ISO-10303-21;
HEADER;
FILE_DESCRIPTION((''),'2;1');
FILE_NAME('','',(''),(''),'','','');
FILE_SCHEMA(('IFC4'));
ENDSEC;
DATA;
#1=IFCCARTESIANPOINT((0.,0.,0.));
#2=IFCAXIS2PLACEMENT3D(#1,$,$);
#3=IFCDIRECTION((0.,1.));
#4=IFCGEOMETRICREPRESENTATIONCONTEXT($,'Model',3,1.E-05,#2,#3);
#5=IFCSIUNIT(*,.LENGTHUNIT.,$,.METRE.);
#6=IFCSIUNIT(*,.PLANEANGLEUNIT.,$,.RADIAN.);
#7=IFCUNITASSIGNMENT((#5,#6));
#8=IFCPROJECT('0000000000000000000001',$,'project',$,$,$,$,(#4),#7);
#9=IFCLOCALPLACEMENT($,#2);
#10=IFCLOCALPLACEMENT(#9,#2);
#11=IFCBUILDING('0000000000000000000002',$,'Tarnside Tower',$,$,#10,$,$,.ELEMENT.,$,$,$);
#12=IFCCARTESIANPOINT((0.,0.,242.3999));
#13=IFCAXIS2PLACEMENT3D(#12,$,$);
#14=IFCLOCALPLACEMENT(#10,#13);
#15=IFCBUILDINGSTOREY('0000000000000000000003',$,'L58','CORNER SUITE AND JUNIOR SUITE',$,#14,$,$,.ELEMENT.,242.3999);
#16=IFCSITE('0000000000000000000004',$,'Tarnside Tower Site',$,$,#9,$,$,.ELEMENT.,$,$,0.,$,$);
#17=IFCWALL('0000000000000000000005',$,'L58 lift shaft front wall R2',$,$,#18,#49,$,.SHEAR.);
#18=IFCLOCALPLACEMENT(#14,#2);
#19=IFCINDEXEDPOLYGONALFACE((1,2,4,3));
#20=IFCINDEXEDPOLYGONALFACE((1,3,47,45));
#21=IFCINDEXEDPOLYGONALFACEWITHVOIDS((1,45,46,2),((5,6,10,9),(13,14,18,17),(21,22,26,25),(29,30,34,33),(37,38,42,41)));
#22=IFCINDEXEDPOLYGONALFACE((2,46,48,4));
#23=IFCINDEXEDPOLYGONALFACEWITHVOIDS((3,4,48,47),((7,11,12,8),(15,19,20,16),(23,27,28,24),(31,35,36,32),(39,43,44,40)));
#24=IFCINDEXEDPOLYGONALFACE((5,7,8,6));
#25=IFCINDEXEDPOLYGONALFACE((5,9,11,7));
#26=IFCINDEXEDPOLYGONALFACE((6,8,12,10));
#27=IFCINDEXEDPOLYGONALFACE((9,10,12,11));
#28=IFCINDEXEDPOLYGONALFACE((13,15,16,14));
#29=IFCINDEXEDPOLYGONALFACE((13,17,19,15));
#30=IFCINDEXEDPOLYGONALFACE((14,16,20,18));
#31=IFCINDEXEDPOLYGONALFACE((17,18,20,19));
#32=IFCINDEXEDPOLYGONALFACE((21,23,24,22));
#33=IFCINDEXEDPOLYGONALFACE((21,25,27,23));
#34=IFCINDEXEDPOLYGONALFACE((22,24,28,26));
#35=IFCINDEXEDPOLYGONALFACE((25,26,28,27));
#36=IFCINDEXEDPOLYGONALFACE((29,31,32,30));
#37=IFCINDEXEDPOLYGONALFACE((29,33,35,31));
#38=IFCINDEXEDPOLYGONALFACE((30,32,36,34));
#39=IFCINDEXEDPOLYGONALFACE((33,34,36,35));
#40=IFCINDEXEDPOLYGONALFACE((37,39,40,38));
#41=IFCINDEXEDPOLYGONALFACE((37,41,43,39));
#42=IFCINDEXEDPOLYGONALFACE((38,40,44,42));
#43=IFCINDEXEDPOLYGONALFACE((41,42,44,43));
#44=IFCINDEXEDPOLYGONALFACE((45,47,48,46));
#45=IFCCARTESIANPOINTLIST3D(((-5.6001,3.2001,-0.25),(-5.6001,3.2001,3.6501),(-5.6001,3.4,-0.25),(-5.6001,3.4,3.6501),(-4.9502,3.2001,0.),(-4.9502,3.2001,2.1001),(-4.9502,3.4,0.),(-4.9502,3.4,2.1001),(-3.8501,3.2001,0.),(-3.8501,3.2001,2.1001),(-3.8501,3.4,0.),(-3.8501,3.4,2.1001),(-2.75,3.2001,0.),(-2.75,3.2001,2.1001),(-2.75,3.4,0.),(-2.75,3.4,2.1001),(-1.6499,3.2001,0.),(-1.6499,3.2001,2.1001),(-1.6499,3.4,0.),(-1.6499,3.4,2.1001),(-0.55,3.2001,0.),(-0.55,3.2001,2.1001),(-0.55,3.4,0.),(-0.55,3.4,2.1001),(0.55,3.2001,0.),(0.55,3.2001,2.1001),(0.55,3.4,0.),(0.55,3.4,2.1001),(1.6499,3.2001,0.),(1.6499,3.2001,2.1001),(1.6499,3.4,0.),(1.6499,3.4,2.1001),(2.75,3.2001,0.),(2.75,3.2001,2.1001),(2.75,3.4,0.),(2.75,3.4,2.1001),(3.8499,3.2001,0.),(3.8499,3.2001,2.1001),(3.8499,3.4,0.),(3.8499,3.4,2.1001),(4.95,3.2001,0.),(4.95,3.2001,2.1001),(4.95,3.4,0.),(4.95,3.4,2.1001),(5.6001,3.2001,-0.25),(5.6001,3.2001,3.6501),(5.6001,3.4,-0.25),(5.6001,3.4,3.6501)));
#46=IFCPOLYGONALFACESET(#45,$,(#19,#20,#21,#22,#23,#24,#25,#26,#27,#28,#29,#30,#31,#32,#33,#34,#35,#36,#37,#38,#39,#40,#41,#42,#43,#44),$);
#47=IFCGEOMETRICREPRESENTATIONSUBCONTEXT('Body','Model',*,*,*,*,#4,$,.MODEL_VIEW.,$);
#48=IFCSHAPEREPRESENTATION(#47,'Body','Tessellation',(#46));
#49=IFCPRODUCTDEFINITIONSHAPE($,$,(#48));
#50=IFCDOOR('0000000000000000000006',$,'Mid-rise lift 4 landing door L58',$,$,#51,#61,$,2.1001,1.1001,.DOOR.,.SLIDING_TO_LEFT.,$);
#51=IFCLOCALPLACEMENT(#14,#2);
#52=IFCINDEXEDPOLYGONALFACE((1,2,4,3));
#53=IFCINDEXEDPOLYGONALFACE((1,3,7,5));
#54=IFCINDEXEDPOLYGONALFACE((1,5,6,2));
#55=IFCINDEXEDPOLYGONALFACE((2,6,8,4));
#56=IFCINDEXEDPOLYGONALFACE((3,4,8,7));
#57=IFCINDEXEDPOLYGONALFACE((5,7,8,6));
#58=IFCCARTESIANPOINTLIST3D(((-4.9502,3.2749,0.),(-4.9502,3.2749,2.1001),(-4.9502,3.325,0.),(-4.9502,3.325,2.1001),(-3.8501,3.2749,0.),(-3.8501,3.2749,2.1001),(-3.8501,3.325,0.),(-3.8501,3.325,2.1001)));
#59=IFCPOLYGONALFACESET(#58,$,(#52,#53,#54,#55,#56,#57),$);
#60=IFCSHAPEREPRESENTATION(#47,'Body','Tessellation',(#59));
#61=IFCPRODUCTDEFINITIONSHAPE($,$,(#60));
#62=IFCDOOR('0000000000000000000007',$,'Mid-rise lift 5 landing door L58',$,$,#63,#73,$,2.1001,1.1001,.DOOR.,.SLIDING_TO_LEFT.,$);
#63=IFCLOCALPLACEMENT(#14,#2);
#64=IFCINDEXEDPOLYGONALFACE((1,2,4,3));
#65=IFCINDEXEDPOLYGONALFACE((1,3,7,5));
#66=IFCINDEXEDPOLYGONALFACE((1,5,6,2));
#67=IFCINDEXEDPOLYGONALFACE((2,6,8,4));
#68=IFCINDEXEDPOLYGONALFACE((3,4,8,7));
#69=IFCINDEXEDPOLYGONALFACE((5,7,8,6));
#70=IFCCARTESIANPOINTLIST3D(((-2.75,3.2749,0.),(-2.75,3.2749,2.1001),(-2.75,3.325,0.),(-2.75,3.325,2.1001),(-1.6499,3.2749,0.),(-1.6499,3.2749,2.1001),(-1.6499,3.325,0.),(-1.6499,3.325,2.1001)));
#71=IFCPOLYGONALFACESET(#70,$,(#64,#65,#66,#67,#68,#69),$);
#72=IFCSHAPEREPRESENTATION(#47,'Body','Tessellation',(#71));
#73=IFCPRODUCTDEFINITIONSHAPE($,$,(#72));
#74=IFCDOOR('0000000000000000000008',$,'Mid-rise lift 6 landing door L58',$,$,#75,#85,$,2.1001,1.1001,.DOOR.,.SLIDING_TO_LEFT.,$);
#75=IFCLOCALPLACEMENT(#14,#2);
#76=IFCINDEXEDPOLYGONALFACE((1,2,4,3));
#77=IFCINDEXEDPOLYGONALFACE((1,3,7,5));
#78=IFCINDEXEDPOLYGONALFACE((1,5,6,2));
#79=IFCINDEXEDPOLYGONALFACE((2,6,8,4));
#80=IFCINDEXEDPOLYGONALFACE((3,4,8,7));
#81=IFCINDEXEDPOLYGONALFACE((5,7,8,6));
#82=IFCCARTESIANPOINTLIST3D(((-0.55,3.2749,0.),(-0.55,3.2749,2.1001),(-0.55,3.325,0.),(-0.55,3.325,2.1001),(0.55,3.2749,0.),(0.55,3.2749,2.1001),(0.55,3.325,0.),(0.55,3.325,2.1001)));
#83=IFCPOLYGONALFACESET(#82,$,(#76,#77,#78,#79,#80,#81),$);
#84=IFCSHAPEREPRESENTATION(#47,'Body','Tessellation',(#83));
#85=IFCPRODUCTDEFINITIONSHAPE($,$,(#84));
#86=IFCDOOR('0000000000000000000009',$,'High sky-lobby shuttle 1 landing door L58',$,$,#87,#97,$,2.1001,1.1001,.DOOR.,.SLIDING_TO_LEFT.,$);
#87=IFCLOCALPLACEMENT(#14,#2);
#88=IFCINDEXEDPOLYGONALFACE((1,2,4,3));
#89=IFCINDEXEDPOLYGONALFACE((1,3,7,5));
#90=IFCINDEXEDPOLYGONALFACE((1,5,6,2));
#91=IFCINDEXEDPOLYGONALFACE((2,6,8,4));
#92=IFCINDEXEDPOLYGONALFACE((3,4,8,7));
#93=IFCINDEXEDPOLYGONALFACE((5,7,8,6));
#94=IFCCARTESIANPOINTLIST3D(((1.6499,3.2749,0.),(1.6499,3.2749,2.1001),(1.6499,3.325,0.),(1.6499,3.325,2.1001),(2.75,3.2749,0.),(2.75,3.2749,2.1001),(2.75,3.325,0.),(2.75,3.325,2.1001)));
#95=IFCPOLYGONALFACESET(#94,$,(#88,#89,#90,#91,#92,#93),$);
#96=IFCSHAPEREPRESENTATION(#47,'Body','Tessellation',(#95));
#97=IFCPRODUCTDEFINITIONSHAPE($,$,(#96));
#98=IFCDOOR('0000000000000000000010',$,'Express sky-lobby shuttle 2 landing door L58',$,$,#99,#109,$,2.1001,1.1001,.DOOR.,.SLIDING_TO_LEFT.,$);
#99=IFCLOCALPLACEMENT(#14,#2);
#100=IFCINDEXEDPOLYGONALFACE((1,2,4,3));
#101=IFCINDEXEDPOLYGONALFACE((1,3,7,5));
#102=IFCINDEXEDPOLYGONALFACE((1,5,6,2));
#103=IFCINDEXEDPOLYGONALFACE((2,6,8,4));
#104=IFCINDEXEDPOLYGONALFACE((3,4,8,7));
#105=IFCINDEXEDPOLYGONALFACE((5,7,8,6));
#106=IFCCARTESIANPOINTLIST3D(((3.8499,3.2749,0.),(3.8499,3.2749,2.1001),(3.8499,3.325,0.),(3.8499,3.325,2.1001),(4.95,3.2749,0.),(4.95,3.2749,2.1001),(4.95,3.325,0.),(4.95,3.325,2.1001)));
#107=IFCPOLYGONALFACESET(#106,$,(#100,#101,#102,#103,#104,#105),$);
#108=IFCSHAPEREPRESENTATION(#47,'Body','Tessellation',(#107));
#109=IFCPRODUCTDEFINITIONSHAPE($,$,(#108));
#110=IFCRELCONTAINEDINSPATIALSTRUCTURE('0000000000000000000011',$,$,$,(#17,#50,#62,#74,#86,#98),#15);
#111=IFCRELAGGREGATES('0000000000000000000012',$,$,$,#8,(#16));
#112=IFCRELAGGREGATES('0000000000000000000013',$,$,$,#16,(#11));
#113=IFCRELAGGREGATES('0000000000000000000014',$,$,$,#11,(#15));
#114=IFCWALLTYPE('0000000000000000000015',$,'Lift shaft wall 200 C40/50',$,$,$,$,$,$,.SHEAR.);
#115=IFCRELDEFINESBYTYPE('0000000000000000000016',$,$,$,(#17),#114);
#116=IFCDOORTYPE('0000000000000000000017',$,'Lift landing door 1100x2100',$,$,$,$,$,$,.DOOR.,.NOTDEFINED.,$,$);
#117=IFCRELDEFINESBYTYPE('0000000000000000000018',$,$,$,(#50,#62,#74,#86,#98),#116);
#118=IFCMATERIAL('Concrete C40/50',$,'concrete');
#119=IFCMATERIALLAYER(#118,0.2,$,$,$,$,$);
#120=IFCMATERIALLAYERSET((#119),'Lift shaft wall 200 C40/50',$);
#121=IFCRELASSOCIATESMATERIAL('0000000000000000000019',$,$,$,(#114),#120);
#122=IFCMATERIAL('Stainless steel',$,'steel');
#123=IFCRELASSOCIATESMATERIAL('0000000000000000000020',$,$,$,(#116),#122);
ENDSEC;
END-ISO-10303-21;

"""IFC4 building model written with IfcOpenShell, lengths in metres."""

from ifc_helpers import new_model, si_unit, direction, frame, frame_2d, origin, place, context, subcontext, project, spatial, rectangle, extrude, material, layer, layer_set, type_object, element, fill, save


model = new_model("IFC4")

# Units and contexts
model_context = context("Model", 3, precision=1e-05, world=origin(), true_north=direction((0.0, 1.0)))
body_context = subcontext(model_context, "Body", "Model", "MODEL_VIEW")
ifc_project = project(units=[si_unit("LENGTHUNIT", "METRE"), si_unit("PLANEANGLEUNIT", "RADIAN")], contexts=[model_context])

# Site, building, storey
site_placement = place(None, origin())
site = spatial("IfcSite", under=ifc_project, at=site_placement, Name="Tarnside Tower Site", CompositionType="ELEMENT", RefElevation=0.0)
building_placement = place(site_placement, origin())
building = spatial("IfcBuilding", under=site, at=building_placement, Name="Tarnside Tower", CompositionType="ELEMENT")
storey_placement = place(building_placement, frame((0.0, 0.0, 242.3999)))
storey = spatial("IfcBuildingStorey", under=building, at=storey_placement, Name="L58", Description="CORNER SUITE AND JUNIOR SUITE", CompositionType="ELEMENT", Elevation=242.3999)

# Shared definitions
ifc_material_1 = material(Name="Concrete C40/50", Category="concrete")
ifc_layer_1 = layer(ifc_material_1, 0.2)
ifc_layer_set_1 = layer_set([ifc_layer_1], Name="Lift shaft wall 200 C40/50")
wall_type_1 = type_object("IfcWallType", Name="Lift shaft wall 200 C40/50", PredefinedType="SHEAR", material=ifc_layer_set_1)
ifc_material_2 = material(Name="Stainless steel", Category="steel")
door_type_1 = type_object("IfcDoorType", Name="Lift landing door 1100x2100", OperationType="NOTDEFINED", PredefinedType="DOOR", material=ifc_material_2)

# Wall, openings, doors
wall_1_placement = place(storey_placement, frame((-5.6001, 3.3, -0.25), z_axis=(0.0, 0.0, 1.0), x_axis=(1.0, 0.0, 0.0)))
wall_1 = element("IfcWall", 1, at=wall_1_placement, inside=storey, type_object=wall_type_1, Name="L58 lift shaft front wall R2", PredefinedType="SHEAR", context=body_context, shape_type="SweptSolid", body=[
    extrude(rectangle(XDim=11.2002, YDim=0.2, at=frame_2d((5.6001, 0.0))), origin(), (0.0, 0.0, 1.0), 3.9001),
])
opening_1_placement = place(wall_1_placement, frame((0.6499, 0.0, 0.25)))
opening_1 = element("IfcOpeningElement", 2, at=opening_1_placement, cuts=wall_1, PredefinedType="OPENING", context=body_context, shape_type="SweptSolid", body=[
    extrude(rectangle(XDim=1.1001, YDim=2.1001, at=frame_2d((0.55, 1.05))), frame((0.0, 0.1099, 0.0), z_axis=(0.0, -1.0, 0.0), x_axis=(1.0, 0.0, 0.0)), (0.0, 0.0, 1.0), 0.22),
])
opening_2_placement = place(wall_1_placement, frame((2.8501, 0.0, 0.25)))
opening_2 = element("IfcOpeningElement", 3, at=opening_2_placement, cuts=wall_1, PredefinedType="OPENING", context=body_context, shape_type="SweptSolid", body=[
    extrude(rectangle(XDim=1.1001, YDim=2.1001, at=frame_2d((0.55, 1.05))), frame((0.0, 0.1099, 0.0), z_axis=(0.0, -1.0, 0.0), x_axis=(1.0, 0.0, 0.0)), (0.0, 0.0, 1.0), 0.22),
])
opening_3_placement = place(wall_1_placement, frame((5.05, 0.0, 0.25)))
opening_3 = element("IfcOpeningElement", 4, at=opening_3_placement, cuts=wall_1, PredefinedType="OPENING", context=body_context, shape_type="SweptSolid", body=[
    extrude(rectangle(XDim=1.1001, YDim=2.1001, at=frame_2d((0.55, 1.05))), frame((0.0, 0.1099, 0.0), z_axis=(0.0, -1.0, 0.0), x_axis=(1.0, 0.0, 0.0)), (0.0, 0.0, 1.0), 0.22),
])
opening_4_placement = place(wall_1_placement, frame((7.25, 0.0, 0.25)))
opening_4 = element("IfcOpeningElement", 5, at=opening_4_placement, cuts=wall_1, PredefinedType="OPENING", context=body_context, shape_type="SweptSolid", body=[
    extrude(rectangle(XDim=1.1001, YDim=2.1001, at=frame_2d((0.55, 1.05))), frame((0.0, 0.1099, 0.0), z_axis=(0.0, -1.0, 0.0), x_axis=(1.0, 0.0, 0.0)), (0.0, 0.0, 1.0), 0.22),
])
opening_5_placement = place(wall_1_placement, frame((9.45, 0.0, 0.25)))
opening_5 = element("IfcOpeningElement", 6, at=opening_5_placement, cuts=wall_1, PredefinedType="OPENING", context=body_context, shape_type="SweptSolid", body=[
    extrude(rectangle(XDim=1.1001, YDim=2.1001, at=frame_2d((0.55, 1.05))), frame((0.0, 0.1099, 0.0), z_axis=(0.0, -1.0, 0.0), x_axis=(1.0, 0.0, 0.0)), (0.0, 0.0, 1.0), 0.22),
])
door_1_placement = place(opening_1_placement, origin())
door_1 = element("IfcDoor", 7, at=door_1_placement, inside=storey, type_object=door_type_1, Name="Mid-rise lift 4 landing door L58", OperationType="SLIDING_TO_LEFT", OverallHeight=2.1001, OverallWidth=1.1001, PredefinedType="DOOR", context=body_context, shape_type="SweptSolid", body=[
    extrude(rectangle(XDim=1.1001, YDim=2.1001, at=frame_2d((0.55, 1.05))), frame((0.0, 0.0249, 0.0), z_axis=(0.0, -1.0, 0.0), x_axis=(1.0, 0.0, 0.0)), (0.0, 0.0, 1.0), 0.05),
])
fill(opening_1, door_1)
door_2_placement = place(opening_2_placement, origin())
door_2 = element("IfcDoor", 8, at=door_2_placement, inside=storey, type_object=door_type_1, Name="Mid-rise lift 5 landing door L58", OperationType="SLIDING_TO_LEFT", OverallHeight=2.1001, OverallWidth=1.1001, PredefinedType="DOOR", context=body_context, shape_type="SweptSolid", body=[
    extrude(rectangle(XDim=1.1001, YDim=2.1001, at=frame_2d((0.55, 1.05))), frame((0.0, 0.0249, 0.0), z_axis=(0.0, -1.0, 0.0), x_axis=(1.0, 0.0, 0.0)), (0.0, 0.0, 1.0), 0.05),
])
fill(opening_2, door_2)
door_3_placement = place(opening_3_placement, origin())
door_3 = element("IfcDoor", 9, at=door_3_placement, inside=storey, type_object=door_type_1, Name="Mid-rise lift 6 landing door L58", OperationType="SLIDING_TO_LEFT", OverallHeight=2.1001, OverallWidth=1.1001, PredefinedType="DOOR", context=body_context, shape_type="SweptSolid", body=[
    extrude(rectangle(XDim=1.1001, YDim=2.1001, at=frame_2d((0.55, 1.05))), frame((0.0, 0.0249, 0.0), z_axis=(0.0, -1.0, 0.0), x_axis=(1.0, 0.0, 0.0)), (0.0, 0.0, 1.0), 0.05),
])
fill(opening_3, door_3)
door_4_placement = place(opening_4_placement, origin())
door_4 = element("IfcDoor", 10, at=door_4_placement, inside=storey, type_object=door_type_1, Name="High sky-lobby shuttle 1 landing door L58", OperationType="SLIDING_TO_LEFT", OverallHeight=2.1001, OverallWidth=1.1001, PredefinedType="DOOR", context=body_context, shape_type="SweptSolid", body=[
    extrude(rectangle(XDim=1.1001, YDim=2.1001, at=frame_2d((0.55, 1.05))), frame((0.0, 0.0249, 0.0), z_axis=(0.0, -1.0, 0.0), x_axis=(1.0, 0.0, 0.0)), (0.0, 0.0, 1.0), 0.05),
])
fill(opening_4, door_4)
door_5_placement = place(opening_5_placement, origin())
door_5 = element("IfcDoor", 11, at=door_5_placement, inside=storey, type_object=door_type_1, Name="Express sky-lobby shuttle 2 landing door L58", OperationType="SLIDING_TO_LEFT", OverallHeight=2.1001, OverallWidth=1.1001, PredefinedType="DOOR", context=body_context, shape_type="SweptSolid", body=[
    extrude(rectangle(XDim=1.1001, YDim=2.1001, at=frame_2d((0.55, 1.05))), frame((0.0, 0.0249, 0.0), z_axis=(0.0, -1.0, 0.0), x_axis=(1.0, 0.0, 0.0)), (0.0, 0.0, 1.0), 0.05),
])
fill(opening_5, door_5)

save(model, "model.ifc")
